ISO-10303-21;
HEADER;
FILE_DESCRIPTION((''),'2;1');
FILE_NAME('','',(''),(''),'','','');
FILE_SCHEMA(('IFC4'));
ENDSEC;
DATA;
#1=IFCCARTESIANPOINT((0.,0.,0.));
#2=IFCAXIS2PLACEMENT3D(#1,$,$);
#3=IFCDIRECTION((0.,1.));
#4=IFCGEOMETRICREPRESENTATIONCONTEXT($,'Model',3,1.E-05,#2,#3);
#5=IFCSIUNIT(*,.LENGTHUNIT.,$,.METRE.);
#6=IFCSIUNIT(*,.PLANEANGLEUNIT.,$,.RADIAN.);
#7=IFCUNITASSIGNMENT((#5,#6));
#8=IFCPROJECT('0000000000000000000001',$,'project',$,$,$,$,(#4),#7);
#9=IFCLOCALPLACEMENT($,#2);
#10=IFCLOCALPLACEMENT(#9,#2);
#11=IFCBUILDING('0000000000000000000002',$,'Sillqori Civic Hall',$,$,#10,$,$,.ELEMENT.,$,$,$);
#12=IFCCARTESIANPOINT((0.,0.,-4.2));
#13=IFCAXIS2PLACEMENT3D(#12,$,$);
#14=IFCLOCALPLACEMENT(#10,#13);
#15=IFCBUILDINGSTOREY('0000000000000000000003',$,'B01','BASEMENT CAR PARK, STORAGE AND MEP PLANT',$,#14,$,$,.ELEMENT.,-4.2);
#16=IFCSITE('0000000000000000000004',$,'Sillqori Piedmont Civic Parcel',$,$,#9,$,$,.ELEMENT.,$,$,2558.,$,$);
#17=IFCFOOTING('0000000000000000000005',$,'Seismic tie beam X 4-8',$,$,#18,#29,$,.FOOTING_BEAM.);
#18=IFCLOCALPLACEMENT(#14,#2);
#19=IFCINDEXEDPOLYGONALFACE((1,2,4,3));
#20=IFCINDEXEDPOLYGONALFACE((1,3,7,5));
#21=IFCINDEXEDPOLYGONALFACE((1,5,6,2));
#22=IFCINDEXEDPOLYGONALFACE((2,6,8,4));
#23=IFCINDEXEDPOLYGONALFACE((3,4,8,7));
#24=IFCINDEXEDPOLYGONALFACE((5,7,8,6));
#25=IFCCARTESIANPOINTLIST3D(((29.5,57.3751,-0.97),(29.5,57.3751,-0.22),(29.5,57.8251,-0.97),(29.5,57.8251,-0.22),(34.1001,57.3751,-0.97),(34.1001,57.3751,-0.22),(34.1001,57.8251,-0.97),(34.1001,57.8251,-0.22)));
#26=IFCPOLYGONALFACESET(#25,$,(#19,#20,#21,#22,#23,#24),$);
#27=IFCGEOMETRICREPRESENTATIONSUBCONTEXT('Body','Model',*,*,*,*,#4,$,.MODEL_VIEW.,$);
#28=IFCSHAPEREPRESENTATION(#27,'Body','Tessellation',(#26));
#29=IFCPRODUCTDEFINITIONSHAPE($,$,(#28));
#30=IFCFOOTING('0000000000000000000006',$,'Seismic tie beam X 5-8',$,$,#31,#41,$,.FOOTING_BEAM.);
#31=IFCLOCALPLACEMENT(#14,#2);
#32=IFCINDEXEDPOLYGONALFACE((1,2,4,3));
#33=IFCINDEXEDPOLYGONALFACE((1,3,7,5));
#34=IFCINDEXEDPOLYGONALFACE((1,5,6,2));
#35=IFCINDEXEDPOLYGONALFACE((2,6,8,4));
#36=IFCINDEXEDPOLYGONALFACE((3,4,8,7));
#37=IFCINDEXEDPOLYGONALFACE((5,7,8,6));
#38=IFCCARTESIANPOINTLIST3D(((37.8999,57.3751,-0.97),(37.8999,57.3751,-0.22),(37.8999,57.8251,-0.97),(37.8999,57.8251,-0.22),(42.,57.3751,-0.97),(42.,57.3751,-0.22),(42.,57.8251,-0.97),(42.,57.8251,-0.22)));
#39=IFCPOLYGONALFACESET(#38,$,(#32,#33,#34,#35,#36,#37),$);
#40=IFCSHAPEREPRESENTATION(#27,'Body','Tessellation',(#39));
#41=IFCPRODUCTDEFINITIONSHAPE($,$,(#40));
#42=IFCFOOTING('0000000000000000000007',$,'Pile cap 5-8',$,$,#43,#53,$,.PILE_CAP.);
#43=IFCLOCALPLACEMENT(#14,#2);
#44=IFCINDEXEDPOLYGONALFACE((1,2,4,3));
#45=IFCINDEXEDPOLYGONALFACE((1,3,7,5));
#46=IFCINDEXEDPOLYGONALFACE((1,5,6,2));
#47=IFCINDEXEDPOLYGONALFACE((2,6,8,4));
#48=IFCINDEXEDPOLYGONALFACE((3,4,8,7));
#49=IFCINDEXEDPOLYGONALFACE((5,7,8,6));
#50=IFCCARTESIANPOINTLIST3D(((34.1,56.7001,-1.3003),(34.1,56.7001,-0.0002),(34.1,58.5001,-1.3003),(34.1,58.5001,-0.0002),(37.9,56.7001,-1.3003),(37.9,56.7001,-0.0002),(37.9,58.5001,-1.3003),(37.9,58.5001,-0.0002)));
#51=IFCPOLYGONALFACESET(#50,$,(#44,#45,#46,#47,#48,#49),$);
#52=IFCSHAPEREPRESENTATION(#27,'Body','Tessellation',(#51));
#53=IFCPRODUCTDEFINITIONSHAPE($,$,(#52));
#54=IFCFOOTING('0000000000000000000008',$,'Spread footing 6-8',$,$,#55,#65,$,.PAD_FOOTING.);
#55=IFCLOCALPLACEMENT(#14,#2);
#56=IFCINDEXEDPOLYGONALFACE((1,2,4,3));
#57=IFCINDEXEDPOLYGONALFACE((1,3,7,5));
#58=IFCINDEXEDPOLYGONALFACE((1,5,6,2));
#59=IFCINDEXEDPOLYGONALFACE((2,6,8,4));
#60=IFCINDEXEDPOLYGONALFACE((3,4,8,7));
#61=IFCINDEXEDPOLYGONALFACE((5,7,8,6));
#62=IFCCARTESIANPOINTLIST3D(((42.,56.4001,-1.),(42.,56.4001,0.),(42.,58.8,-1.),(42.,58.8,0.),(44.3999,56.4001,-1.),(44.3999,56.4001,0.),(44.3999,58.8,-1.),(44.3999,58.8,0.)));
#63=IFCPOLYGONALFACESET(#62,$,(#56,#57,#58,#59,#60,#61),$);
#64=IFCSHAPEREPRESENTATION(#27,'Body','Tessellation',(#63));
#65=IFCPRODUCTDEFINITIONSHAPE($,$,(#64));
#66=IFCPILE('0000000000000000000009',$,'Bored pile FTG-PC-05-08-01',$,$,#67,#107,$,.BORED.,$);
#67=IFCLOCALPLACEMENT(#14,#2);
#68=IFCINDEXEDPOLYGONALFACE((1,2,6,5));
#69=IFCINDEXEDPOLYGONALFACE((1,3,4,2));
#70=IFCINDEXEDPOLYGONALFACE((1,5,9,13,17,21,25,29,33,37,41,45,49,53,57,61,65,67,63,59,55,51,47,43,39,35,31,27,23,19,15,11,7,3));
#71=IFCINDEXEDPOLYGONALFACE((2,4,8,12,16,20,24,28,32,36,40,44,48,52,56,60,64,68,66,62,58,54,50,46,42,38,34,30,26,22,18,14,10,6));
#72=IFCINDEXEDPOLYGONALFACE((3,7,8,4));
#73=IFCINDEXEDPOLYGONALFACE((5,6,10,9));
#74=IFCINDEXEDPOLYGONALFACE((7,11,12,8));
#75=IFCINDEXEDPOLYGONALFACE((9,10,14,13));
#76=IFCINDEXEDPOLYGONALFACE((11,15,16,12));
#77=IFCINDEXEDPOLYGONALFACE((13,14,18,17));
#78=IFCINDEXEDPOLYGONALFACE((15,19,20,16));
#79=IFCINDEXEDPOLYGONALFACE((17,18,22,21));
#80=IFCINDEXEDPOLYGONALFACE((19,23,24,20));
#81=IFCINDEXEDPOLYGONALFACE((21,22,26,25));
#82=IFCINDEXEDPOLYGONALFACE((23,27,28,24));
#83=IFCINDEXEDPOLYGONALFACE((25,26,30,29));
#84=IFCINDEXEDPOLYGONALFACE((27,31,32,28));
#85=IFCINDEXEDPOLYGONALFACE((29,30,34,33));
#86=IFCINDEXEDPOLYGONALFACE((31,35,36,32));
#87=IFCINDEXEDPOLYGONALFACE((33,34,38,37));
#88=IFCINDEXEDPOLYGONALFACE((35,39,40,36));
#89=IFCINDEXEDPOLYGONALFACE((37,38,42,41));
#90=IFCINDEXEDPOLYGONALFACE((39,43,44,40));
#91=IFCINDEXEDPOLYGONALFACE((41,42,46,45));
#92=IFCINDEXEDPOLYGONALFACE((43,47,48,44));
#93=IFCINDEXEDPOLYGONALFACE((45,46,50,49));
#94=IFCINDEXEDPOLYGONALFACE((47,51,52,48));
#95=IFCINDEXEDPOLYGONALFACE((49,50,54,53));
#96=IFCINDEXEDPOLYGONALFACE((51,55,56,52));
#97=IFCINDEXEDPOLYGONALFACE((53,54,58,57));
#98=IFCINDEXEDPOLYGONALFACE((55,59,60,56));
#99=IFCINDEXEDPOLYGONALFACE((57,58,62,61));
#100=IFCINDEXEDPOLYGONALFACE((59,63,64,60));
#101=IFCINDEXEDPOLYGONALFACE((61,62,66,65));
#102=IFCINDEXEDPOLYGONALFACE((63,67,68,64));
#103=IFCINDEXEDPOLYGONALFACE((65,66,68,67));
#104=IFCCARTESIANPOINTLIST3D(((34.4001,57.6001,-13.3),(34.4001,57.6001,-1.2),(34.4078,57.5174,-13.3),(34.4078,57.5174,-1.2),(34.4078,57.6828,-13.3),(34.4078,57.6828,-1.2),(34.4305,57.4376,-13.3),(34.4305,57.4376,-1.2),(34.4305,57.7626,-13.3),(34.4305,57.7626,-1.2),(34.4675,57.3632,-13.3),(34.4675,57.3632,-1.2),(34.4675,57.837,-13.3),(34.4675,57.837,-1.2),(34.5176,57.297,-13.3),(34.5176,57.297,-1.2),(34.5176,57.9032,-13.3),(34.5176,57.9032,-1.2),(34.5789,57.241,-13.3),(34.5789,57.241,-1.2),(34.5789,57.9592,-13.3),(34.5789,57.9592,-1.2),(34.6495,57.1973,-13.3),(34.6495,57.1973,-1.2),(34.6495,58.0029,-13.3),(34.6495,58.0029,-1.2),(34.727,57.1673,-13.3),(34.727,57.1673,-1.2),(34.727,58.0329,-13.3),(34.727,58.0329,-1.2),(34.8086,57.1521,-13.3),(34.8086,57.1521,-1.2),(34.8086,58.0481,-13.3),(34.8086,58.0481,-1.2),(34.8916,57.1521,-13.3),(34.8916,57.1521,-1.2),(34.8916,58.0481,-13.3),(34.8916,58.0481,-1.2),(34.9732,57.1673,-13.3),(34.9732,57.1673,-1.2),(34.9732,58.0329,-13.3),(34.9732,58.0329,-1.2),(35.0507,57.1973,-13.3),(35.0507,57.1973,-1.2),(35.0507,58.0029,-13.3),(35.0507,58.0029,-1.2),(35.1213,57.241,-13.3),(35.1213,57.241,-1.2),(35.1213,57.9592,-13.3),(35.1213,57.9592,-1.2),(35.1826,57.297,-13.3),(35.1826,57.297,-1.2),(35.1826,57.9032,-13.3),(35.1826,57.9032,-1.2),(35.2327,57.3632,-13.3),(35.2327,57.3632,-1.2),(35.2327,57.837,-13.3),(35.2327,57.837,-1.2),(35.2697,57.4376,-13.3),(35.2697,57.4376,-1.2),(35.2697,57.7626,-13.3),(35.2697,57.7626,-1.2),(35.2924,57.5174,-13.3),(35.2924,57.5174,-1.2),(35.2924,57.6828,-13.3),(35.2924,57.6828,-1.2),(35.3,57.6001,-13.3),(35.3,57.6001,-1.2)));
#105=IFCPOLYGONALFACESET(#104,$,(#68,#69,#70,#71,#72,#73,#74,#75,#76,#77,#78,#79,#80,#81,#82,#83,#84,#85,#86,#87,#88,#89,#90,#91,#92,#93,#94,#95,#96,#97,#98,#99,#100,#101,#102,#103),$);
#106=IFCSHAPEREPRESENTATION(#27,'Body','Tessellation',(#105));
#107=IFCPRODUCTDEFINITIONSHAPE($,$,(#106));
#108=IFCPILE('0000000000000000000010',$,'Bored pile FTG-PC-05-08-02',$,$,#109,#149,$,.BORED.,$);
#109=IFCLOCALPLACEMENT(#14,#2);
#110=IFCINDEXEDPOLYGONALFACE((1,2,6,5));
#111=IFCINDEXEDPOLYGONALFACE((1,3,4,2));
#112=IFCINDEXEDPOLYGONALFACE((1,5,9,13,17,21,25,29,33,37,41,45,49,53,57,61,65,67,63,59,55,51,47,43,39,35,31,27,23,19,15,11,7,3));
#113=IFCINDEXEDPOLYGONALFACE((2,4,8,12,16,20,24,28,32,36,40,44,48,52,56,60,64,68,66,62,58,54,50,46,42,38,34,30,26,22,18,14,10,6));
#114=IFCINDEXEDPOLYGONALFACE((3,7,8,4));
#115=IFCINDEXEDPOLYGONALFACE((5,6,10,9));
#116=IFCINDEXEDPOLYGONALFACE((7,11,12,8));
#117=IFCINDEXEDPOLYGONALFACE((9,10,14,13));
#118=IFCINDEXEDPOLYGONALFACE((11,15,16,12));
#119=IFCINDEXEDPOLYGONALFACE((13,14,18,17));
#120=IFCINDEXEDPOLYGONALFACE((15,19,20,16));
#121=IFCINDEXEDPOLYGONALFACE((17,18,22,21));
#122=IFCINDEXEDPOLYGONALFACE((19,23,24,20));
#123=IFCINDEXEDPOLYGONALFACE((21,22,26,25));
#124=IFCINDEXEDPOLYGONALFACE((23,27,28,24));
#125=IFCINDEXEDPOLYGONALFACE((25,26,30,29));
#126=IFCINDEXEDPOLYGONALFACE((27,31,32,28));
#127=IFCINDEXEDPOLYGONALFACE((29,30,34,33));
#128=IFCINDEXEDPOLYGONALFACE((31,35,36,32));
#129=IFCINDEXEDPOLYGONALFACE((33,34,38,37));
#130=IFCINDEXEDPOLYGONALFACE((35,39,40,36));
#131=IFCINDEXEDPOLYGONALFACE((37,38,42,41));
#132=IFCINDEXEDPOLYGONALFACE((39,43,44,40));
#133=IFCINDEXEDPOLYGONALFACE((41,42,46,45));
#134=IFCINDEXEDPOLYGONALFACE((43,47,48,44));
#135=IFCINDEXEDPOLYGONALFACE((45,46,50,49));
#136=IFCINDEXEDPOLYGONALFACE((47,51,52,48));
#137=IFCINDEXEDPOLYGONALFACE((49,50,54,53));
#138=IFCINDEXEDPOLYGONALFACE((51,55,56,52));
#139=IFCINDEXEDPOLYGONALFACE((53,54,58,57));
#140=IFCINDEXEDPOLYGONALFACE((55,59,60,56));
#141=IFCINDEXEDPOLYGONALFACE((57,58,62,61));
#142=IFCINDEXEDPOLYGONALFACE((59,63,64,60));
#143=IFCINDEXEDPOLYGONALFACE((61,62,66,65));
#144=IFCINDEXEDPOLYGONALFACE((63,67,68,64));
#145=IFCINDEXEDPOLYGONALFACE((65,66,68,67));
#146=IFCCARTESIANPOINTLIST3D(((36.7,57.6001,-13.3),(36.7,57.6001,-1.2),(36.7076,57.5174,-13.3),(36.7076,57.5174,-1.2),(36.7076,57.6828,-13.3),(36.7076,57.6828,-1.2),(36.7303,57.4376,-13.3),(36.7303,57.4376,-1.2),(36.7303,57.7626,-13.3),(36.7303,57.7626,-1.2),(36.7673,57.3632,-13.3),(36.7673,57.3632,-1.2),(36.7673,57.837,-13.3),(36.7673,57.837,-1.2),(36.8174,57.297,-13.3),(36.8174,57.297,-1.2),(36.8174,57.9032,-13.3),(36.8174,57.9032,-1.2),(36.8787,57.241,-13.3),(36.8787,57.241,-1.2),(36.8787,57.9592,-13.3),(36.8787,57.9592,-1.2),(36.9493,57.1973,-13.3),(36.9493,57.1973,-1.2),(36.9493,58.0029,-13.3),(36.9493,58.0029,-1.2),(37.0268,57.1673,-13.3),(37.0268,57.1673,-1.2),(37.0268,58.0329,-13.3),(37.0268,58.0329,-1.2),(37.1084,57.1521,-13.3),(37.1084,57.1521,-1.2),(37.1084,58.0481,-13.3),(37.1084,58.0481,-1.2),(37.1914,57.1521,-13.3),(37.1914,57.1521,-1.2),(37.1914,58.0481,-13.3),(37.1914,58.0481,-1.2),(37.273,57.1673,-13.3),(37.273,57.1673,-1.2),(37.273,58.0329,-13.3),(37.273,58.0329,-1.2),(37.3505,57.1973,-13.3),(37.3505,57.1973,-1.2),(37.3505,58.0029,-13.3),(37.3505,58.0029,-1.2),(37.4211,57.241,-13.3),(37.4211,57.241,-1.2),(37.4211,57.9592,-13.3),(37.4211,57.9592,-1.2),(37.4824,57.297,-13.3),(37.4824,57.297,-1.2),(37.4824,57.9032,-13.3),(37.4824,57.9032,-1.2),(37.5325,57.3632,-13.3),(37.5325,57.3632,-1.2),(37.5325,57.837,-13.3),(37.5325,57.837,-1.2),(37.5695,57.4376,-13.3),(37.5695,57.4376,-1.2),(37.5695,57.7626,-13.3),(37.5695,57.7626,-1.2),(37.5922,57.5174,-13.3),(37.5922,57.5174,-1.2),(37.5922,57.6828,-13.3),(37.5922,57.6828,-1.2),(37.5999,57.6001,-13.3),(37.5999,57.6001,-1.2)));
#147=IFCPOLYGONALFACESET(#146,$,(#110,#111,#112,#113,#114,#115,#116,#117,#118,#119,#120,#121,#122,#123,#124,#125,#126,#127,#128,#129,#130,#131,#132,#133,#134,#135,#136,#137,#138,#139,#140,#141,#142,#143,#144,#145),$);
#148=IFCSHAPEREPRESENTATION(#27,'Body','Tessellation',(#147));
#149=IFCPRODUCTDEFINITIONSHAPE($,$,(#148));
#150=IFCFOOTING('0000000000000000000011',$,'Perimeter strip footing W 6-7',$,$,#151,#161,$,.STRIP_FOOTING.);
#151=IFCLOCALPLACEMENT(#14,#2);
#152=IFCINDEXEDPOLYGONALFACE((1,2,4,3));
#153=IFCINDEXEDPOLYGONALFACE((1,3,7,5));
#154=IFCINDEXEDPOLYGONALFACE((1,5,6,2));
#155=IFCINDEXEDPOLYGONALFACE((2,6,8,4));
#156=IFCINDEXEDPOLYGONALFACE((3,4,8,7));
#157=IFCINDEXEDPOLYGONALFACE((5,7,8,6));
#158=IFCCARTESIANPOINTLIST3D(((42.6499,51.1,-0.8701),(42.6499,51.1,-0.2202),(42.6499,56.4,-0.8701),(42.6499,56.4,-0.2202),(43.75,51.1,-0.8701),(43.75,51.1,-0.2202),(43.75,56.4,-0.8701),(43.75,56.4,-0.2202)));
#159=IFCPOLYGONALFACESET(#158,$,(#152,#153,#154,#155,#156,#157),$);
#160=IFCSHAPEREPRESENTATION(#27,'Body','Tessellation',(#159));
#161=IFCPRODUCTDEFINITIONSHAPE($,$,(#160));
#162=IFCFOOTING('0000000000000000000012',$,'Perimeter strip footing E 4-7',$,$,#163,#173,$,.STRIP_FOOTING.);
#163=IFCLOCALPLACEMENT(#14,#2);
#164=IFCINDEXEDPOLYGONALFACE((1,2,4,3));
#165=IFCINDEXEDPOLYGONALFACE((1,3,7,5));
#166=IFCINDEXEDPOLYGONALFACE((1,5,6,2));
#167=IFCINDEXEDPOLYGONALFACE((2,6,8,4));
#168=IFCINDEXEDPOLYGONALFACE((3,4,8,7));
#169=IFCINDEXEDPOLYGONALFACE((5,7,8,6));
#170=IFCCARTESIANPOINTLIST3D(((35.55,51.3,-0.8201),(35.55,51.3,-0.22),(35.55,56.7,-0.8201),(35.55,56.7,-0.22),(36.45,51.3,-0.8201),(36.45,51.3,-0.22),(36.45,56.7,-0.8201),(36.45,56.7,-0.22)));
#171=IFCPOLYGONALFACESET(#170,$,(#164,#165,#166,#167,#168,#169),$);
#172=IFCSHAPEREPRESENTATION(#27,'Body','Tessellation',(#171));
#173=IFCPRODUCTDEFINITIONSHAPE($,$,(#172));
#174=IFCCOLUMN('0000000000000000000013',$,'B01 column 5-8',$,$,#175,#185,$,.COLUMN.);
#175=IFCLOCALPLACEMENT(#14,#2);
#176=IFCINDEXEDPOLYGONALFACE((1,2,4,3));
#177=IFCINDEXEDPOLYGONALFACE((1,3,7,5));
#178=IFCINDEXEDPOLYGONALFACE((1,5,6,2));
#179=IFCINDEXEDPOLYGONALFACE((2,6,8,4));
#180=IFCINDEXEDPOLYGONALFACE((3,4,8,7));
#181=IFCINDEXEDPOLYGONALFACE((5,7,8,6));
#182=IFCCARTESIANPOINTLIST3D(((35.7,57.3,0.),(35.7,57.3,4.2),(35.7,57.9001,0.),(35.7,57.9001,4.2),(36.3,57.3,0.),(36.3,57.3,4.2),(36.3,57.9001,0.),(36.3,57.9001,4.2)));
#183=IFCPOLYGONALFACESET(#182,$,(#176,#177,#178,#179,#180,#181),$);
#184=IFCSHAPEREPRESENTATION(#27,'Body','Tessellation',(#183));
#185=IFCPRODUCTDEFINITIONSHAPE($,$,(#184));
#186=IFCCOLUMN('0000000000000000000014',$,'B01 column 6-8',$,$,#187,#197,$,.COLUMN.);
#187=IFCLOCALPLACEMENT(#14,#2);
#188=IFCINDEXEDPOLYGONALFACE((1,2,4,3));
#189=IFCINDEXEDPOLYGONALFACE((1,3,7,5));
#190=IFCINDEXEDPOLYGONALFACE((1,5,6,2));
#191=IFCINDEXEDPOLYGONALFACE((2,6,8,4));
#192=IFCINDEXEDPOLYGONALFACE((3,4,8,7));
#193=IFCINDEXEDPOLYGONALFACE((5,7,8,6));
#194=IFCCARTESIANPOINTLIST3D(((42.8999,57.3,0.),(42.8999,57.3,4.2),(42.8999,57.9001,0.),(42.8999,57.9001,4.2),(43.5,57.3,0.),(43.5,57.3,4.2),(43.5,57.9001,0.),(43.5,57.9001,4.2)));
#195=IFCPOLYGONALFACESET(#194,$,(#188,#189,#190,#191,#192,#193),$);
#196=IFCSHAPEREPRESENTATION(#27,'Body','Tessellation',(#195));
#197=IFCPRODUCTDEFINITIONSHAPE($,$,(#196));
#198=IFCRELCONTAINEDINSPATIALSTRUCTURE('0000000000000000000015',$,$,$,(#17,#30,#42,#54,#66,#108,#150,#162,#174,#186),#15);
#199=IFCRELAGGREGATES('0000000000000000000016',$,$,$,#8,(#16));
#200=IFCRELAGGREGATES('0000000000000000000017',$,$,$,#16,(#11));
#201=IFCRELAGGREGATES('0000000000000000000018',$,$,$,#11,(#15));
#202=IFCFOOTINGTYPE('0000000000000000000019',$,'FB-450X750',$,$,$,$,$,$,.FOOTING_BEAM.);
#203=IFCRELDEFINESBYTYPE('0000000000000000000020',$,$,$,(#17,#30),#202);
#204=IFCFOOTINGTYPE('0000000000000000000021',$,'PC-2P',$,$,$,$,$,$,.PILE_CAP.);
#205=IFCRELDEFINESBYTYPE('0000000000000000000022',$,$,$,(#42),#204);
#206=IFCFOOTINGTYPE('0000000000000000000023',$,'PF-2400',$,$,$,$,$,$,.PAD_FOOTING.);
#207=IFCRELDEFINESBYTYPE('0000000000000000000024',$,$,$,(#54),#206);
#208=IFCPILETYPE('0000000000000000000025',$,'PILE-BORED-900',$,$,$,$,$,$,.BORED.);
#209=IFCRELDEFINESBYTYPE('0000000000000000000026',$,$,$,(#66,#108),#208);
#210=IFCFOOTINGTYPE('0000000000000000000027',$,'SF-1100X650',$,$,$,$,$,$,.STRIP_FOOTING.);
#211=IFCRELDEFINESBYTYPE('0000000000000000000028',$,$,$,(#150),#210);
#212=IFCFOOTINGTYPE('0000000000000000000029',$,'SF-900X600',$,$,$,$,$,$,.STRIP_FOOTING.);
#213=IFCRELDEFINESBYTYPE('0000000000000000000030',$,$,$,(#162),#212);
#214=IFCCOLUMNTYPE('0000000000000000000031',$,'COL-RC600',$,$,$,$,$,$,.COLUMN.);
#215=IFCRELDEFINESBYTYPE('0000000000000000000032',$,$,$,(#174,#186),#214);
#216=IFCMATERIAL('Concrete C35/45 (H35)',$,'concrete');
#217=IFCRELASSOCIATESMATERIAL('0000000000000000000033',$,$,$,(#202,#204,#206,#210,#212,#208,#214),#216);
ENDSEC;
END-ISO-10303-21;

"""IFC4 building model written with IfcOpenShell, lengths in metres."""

from ifc_helpers import new_model, si_unit, direction, frame, origin, origin_2d, place, context, subcontext, project, spatial, rectangle, circle, extrude, material, material_profile, profile_set, type_object, element, save


model = new_model("IFC4")

# Units and contexts
model_context = context("Model", 3, precision=1e-05, world=origin(), true_north=direction((0.0, 1.0)))
body_context = subcontext(model_context, "Body", "Model", "MODEL_VIEW")
ifc_project = project(units=[si_unit("LENGTHUNIT", "METRE"), si_unit("PLANEANGLEUNIT", "RADIAN")], contexts=[model_context])

# Site, building, storey
site_placement = place(None, origin())
site = spatial("IfcSite", under=ifc_project, at=site_placement, Name="Sillqori Piedmont Civic Parcel", CompositionType="ELEMENT", RefElevation=2558.0)
building_placement = place(site_placement, origin())
building = spatial("IfcBuilding", under=site, at=building_placement, Name="Sillqori Civic Hall", CompositionType="ELEMENT")
storey_placement = place(building_placement, frame((0.0, 0.0, -4.2)))
storey = spatial("IfcBuildingStorey", under=building, at=storey_placement, Name="B01", Description="BASEMENT CAR PARK, STORAGE AND MEP PLANT", CompositionType="ELEMENT", Elevation=-4.2)

# Footings
ifc_material_1 = material(Name="Concrete C35/45 (H35)", Category="concrete")
footing_type_1 = type_object("IfcFootingType", Name="FB-450X750", PredefinedType="FOOTING_BEAM", material=ifc_material_1)
footing_1_placement = place(storey_placement, frame((31.8, 57.6001, -0.97), z_axis=(0.0, 0.0, 1.0), x_axis=(1.0, 0.0, 0.0)))
element("IfcFooting", 1, at=footing_1_placement, inside=storey, type_object=footing_type_1, Name="Seismic tie beam X 4-8", PredefinedType="FOOTING_BEAM", context=body_context, shape_type="SweptSolid", body=[
    extrude(rectangle(XDim=4.6001, YDim=0.45, at=origin_2d()), origin(), (0.0, 0.0, 1.0), 0.75),
])
footing_2_placement = place(storey_placement, frame((39.95, 57.6001, -0.97), z_axis=(0.0, 0.0, 1.0), x_axis=(1.0, 0.0, 0.0)))
element("IfcFooting", 2, at=footing_2_placement, inside=storey, type_object=footing_type_1, Name="Seismic tie beam X 5-8", PredefinedType="FOOTING_BEAM", context=body_context, shape_type="SweptSolid", body=[
    extrude(rectangle(XDim=4.1001, YDim=0.45, at=origin_2d()), origin(), (0.0, 0.0, 1.0), 0.75),
])
footing_type_2 = type_object("IfcFootingType", Name="PC-2P", PredefinedType="PILE_CAP", material=ifc_material_1)
footing_3_placement = place(storey_placement, frame((36.0, 57.6001, -1.3003), z_axis=(0.0, 0.0, 1.0), x_axis=(1.0, 0.0, 0.0)))
element("IfcFooting", 3, at=footing_3_placement, inside=storey, type_object=footing_type_2, Name="Pile cap 5-8", PredefinedType="PILE_CAP", context=body_context, shape_type="SweptSolid", body=[
    extrude(rectangle(XDim=3.8, YDim=1.8, at=origin_2d()), origin(), (0.0, 0.0, 1.0), 1.3),
])
footing_type_3 = type_object("IfcFootingType", Name="PF-2400", PredefinedType="PAD_FOOTING", material=ifc_material_1)
footing_4_placement = place(storey_placement, frame((43.2, 57.6001, -1.0), z_axis=(0.0, 0.0, 1.0), x_axis=(1.0, 0.0, 0.0)))
element("IfcFooting", 4, at=footing_4_placement, inside=storey, type_object=footing_type_3, Name="Spread footing 6-8", PredefinedType="PAD_FOOTING", context=body_context, shape_type="SweptSolid", body=[
    extrude(rectangle(XDim=2.3999, YDim=2.3999, at=origin_2d()), origin(), (0.0, 0.0, 1.0), 1.0),
])

# Piles
ifc_material_profile_1 = material_profile(ifc_material_1, circle(Radius=0.45, at=origin_2d()), Name="BORED PILE 900")
ifc_profile_set_1 = profile_set([ifc_material_profile_1], Name="Concrete C35/45 (H35)")
pile_type = type_object("IfcPileType", Name="PILE-BORED-900", PredefinedType="BORED", material=ifc_profile_set_1)
for number, where, z_axis, x_axis, name in (
    (5, (34.8501, 57.6001, -1.2), (0.0, 0.0, -1.0), (1.0, 0.0, 0.0), "Bored pile FTG-PC-05-08-01"),
    (6, (37.1499, 57.6001, -1.2), (0.0, 0.0, -1.0), (1.0, 0.0, 0.0), "Bored pile FTG-PC-05-08-02"),
):
    element("IfcPile", number, at=place(storey_placement, frame(where, z_axis=z_axis, x_axis=x_axis)), inside=storey, type_object=pile_type, Name=name, PredefinedType="BORED", context=body_context, shape_type="SweptSolid", body=[
        extrude(circle(Radius=0.45, at=origin_2d()), origin(), (0.0, 0.0, 1.0), 12.1001),
    ])

# Footings
footing_type_4 = type_object("IfcFootingType", Name="SF-1100X650", PredefinedType="STRIP_FOOTING", material=ifc_material_1)
footing_5_placement = place(storey_placement, frame((43.2, 53.75, -0.8701), z_axis=(0.0, 0.0, 1.0), x_axis=(1.0, 0.0, 0.0)))
element("IfcFooting", 7, at=footing_5_placement, inside=storey, type_object=footing_type_4, Name="Perimeter strip footing W 6-7", PredefinedType="STRIP_FOOTING", context=body_context, shape_type="SweptSolid", body=[
    extrude(rectangle(XDim=1.1001, YDim=5.3, at=origin_2d()), origin(), (0.0, 0.0, 1.0), 0.6499),
])
footing_type_5 = type_object("IfcFootingType", Name="SF-900X600", PredefinedType="STRIP_FOOTING", material=ifc_material_1)
footing_6_placement = place(storey_placement, frame((36.0, 54.0, -0.8201), z_axis=(0.0, 0.0, 1.0), x_axis=(1.0, 0.0, 0.0)))
element("IfcFooting", 8, at=footing_6_placement, inside=storey, type_object=footing_type_5, Name="Perimeter strip footing E 4-7", PredefinedType="STRIP_FOOTING", context=body_context, shape_type="SweptSolid", body=[
    extrude(rectangle(XDim=0.8999, YDim=5.3999, at=origin_2d()), origin(), (0.0, 0.0, 1.0), 0.6001),
])

# Columns
ifc_material_profile_2 = material_profile(ifc_material_1, rectangle(XDim=0.6001, YDim=0.6001, at=origin_2d()), Name="RC 600x600")
ifc_profile_set_2 = profile_set([ifc_material_profile_2], Name="Concrete C35/45 (H35)")
column_type = type_object("IfcColumnType", Name="COL-RC600", PredefinedType="COLUMN", material=ifc_profile_set_2)
for number, where, z_axis, x_axis, name in (
    (9, (36.0, 57.6001, 0.0), (0.0, 0.0, 1.0), (1.0, 0.0, 0.0), "B01 column 5-8"),
    (10, (43.2, 57.6001, 0.0), (0.0, 0.0, 1.0), (1.0, 0.0, 0.0), "B01 column 6-8"),
):
    element("IfcColumn", number, at=place(storey_placement, frame(where, z_axis=z_axis, x_axis=x_axis)), inside=storey, type_object=column_type, Name=name, PredefinedType="COLUMN", context=body_context, shape_type="SweptSolid", body=[
        extrude(rectangle(XDim=0.6001, YDim=0.6001, at=origin_2d()), origin(), (0.0, 0.0, 1.0), 4.2),
    ])

save(model, "model.ifc")
